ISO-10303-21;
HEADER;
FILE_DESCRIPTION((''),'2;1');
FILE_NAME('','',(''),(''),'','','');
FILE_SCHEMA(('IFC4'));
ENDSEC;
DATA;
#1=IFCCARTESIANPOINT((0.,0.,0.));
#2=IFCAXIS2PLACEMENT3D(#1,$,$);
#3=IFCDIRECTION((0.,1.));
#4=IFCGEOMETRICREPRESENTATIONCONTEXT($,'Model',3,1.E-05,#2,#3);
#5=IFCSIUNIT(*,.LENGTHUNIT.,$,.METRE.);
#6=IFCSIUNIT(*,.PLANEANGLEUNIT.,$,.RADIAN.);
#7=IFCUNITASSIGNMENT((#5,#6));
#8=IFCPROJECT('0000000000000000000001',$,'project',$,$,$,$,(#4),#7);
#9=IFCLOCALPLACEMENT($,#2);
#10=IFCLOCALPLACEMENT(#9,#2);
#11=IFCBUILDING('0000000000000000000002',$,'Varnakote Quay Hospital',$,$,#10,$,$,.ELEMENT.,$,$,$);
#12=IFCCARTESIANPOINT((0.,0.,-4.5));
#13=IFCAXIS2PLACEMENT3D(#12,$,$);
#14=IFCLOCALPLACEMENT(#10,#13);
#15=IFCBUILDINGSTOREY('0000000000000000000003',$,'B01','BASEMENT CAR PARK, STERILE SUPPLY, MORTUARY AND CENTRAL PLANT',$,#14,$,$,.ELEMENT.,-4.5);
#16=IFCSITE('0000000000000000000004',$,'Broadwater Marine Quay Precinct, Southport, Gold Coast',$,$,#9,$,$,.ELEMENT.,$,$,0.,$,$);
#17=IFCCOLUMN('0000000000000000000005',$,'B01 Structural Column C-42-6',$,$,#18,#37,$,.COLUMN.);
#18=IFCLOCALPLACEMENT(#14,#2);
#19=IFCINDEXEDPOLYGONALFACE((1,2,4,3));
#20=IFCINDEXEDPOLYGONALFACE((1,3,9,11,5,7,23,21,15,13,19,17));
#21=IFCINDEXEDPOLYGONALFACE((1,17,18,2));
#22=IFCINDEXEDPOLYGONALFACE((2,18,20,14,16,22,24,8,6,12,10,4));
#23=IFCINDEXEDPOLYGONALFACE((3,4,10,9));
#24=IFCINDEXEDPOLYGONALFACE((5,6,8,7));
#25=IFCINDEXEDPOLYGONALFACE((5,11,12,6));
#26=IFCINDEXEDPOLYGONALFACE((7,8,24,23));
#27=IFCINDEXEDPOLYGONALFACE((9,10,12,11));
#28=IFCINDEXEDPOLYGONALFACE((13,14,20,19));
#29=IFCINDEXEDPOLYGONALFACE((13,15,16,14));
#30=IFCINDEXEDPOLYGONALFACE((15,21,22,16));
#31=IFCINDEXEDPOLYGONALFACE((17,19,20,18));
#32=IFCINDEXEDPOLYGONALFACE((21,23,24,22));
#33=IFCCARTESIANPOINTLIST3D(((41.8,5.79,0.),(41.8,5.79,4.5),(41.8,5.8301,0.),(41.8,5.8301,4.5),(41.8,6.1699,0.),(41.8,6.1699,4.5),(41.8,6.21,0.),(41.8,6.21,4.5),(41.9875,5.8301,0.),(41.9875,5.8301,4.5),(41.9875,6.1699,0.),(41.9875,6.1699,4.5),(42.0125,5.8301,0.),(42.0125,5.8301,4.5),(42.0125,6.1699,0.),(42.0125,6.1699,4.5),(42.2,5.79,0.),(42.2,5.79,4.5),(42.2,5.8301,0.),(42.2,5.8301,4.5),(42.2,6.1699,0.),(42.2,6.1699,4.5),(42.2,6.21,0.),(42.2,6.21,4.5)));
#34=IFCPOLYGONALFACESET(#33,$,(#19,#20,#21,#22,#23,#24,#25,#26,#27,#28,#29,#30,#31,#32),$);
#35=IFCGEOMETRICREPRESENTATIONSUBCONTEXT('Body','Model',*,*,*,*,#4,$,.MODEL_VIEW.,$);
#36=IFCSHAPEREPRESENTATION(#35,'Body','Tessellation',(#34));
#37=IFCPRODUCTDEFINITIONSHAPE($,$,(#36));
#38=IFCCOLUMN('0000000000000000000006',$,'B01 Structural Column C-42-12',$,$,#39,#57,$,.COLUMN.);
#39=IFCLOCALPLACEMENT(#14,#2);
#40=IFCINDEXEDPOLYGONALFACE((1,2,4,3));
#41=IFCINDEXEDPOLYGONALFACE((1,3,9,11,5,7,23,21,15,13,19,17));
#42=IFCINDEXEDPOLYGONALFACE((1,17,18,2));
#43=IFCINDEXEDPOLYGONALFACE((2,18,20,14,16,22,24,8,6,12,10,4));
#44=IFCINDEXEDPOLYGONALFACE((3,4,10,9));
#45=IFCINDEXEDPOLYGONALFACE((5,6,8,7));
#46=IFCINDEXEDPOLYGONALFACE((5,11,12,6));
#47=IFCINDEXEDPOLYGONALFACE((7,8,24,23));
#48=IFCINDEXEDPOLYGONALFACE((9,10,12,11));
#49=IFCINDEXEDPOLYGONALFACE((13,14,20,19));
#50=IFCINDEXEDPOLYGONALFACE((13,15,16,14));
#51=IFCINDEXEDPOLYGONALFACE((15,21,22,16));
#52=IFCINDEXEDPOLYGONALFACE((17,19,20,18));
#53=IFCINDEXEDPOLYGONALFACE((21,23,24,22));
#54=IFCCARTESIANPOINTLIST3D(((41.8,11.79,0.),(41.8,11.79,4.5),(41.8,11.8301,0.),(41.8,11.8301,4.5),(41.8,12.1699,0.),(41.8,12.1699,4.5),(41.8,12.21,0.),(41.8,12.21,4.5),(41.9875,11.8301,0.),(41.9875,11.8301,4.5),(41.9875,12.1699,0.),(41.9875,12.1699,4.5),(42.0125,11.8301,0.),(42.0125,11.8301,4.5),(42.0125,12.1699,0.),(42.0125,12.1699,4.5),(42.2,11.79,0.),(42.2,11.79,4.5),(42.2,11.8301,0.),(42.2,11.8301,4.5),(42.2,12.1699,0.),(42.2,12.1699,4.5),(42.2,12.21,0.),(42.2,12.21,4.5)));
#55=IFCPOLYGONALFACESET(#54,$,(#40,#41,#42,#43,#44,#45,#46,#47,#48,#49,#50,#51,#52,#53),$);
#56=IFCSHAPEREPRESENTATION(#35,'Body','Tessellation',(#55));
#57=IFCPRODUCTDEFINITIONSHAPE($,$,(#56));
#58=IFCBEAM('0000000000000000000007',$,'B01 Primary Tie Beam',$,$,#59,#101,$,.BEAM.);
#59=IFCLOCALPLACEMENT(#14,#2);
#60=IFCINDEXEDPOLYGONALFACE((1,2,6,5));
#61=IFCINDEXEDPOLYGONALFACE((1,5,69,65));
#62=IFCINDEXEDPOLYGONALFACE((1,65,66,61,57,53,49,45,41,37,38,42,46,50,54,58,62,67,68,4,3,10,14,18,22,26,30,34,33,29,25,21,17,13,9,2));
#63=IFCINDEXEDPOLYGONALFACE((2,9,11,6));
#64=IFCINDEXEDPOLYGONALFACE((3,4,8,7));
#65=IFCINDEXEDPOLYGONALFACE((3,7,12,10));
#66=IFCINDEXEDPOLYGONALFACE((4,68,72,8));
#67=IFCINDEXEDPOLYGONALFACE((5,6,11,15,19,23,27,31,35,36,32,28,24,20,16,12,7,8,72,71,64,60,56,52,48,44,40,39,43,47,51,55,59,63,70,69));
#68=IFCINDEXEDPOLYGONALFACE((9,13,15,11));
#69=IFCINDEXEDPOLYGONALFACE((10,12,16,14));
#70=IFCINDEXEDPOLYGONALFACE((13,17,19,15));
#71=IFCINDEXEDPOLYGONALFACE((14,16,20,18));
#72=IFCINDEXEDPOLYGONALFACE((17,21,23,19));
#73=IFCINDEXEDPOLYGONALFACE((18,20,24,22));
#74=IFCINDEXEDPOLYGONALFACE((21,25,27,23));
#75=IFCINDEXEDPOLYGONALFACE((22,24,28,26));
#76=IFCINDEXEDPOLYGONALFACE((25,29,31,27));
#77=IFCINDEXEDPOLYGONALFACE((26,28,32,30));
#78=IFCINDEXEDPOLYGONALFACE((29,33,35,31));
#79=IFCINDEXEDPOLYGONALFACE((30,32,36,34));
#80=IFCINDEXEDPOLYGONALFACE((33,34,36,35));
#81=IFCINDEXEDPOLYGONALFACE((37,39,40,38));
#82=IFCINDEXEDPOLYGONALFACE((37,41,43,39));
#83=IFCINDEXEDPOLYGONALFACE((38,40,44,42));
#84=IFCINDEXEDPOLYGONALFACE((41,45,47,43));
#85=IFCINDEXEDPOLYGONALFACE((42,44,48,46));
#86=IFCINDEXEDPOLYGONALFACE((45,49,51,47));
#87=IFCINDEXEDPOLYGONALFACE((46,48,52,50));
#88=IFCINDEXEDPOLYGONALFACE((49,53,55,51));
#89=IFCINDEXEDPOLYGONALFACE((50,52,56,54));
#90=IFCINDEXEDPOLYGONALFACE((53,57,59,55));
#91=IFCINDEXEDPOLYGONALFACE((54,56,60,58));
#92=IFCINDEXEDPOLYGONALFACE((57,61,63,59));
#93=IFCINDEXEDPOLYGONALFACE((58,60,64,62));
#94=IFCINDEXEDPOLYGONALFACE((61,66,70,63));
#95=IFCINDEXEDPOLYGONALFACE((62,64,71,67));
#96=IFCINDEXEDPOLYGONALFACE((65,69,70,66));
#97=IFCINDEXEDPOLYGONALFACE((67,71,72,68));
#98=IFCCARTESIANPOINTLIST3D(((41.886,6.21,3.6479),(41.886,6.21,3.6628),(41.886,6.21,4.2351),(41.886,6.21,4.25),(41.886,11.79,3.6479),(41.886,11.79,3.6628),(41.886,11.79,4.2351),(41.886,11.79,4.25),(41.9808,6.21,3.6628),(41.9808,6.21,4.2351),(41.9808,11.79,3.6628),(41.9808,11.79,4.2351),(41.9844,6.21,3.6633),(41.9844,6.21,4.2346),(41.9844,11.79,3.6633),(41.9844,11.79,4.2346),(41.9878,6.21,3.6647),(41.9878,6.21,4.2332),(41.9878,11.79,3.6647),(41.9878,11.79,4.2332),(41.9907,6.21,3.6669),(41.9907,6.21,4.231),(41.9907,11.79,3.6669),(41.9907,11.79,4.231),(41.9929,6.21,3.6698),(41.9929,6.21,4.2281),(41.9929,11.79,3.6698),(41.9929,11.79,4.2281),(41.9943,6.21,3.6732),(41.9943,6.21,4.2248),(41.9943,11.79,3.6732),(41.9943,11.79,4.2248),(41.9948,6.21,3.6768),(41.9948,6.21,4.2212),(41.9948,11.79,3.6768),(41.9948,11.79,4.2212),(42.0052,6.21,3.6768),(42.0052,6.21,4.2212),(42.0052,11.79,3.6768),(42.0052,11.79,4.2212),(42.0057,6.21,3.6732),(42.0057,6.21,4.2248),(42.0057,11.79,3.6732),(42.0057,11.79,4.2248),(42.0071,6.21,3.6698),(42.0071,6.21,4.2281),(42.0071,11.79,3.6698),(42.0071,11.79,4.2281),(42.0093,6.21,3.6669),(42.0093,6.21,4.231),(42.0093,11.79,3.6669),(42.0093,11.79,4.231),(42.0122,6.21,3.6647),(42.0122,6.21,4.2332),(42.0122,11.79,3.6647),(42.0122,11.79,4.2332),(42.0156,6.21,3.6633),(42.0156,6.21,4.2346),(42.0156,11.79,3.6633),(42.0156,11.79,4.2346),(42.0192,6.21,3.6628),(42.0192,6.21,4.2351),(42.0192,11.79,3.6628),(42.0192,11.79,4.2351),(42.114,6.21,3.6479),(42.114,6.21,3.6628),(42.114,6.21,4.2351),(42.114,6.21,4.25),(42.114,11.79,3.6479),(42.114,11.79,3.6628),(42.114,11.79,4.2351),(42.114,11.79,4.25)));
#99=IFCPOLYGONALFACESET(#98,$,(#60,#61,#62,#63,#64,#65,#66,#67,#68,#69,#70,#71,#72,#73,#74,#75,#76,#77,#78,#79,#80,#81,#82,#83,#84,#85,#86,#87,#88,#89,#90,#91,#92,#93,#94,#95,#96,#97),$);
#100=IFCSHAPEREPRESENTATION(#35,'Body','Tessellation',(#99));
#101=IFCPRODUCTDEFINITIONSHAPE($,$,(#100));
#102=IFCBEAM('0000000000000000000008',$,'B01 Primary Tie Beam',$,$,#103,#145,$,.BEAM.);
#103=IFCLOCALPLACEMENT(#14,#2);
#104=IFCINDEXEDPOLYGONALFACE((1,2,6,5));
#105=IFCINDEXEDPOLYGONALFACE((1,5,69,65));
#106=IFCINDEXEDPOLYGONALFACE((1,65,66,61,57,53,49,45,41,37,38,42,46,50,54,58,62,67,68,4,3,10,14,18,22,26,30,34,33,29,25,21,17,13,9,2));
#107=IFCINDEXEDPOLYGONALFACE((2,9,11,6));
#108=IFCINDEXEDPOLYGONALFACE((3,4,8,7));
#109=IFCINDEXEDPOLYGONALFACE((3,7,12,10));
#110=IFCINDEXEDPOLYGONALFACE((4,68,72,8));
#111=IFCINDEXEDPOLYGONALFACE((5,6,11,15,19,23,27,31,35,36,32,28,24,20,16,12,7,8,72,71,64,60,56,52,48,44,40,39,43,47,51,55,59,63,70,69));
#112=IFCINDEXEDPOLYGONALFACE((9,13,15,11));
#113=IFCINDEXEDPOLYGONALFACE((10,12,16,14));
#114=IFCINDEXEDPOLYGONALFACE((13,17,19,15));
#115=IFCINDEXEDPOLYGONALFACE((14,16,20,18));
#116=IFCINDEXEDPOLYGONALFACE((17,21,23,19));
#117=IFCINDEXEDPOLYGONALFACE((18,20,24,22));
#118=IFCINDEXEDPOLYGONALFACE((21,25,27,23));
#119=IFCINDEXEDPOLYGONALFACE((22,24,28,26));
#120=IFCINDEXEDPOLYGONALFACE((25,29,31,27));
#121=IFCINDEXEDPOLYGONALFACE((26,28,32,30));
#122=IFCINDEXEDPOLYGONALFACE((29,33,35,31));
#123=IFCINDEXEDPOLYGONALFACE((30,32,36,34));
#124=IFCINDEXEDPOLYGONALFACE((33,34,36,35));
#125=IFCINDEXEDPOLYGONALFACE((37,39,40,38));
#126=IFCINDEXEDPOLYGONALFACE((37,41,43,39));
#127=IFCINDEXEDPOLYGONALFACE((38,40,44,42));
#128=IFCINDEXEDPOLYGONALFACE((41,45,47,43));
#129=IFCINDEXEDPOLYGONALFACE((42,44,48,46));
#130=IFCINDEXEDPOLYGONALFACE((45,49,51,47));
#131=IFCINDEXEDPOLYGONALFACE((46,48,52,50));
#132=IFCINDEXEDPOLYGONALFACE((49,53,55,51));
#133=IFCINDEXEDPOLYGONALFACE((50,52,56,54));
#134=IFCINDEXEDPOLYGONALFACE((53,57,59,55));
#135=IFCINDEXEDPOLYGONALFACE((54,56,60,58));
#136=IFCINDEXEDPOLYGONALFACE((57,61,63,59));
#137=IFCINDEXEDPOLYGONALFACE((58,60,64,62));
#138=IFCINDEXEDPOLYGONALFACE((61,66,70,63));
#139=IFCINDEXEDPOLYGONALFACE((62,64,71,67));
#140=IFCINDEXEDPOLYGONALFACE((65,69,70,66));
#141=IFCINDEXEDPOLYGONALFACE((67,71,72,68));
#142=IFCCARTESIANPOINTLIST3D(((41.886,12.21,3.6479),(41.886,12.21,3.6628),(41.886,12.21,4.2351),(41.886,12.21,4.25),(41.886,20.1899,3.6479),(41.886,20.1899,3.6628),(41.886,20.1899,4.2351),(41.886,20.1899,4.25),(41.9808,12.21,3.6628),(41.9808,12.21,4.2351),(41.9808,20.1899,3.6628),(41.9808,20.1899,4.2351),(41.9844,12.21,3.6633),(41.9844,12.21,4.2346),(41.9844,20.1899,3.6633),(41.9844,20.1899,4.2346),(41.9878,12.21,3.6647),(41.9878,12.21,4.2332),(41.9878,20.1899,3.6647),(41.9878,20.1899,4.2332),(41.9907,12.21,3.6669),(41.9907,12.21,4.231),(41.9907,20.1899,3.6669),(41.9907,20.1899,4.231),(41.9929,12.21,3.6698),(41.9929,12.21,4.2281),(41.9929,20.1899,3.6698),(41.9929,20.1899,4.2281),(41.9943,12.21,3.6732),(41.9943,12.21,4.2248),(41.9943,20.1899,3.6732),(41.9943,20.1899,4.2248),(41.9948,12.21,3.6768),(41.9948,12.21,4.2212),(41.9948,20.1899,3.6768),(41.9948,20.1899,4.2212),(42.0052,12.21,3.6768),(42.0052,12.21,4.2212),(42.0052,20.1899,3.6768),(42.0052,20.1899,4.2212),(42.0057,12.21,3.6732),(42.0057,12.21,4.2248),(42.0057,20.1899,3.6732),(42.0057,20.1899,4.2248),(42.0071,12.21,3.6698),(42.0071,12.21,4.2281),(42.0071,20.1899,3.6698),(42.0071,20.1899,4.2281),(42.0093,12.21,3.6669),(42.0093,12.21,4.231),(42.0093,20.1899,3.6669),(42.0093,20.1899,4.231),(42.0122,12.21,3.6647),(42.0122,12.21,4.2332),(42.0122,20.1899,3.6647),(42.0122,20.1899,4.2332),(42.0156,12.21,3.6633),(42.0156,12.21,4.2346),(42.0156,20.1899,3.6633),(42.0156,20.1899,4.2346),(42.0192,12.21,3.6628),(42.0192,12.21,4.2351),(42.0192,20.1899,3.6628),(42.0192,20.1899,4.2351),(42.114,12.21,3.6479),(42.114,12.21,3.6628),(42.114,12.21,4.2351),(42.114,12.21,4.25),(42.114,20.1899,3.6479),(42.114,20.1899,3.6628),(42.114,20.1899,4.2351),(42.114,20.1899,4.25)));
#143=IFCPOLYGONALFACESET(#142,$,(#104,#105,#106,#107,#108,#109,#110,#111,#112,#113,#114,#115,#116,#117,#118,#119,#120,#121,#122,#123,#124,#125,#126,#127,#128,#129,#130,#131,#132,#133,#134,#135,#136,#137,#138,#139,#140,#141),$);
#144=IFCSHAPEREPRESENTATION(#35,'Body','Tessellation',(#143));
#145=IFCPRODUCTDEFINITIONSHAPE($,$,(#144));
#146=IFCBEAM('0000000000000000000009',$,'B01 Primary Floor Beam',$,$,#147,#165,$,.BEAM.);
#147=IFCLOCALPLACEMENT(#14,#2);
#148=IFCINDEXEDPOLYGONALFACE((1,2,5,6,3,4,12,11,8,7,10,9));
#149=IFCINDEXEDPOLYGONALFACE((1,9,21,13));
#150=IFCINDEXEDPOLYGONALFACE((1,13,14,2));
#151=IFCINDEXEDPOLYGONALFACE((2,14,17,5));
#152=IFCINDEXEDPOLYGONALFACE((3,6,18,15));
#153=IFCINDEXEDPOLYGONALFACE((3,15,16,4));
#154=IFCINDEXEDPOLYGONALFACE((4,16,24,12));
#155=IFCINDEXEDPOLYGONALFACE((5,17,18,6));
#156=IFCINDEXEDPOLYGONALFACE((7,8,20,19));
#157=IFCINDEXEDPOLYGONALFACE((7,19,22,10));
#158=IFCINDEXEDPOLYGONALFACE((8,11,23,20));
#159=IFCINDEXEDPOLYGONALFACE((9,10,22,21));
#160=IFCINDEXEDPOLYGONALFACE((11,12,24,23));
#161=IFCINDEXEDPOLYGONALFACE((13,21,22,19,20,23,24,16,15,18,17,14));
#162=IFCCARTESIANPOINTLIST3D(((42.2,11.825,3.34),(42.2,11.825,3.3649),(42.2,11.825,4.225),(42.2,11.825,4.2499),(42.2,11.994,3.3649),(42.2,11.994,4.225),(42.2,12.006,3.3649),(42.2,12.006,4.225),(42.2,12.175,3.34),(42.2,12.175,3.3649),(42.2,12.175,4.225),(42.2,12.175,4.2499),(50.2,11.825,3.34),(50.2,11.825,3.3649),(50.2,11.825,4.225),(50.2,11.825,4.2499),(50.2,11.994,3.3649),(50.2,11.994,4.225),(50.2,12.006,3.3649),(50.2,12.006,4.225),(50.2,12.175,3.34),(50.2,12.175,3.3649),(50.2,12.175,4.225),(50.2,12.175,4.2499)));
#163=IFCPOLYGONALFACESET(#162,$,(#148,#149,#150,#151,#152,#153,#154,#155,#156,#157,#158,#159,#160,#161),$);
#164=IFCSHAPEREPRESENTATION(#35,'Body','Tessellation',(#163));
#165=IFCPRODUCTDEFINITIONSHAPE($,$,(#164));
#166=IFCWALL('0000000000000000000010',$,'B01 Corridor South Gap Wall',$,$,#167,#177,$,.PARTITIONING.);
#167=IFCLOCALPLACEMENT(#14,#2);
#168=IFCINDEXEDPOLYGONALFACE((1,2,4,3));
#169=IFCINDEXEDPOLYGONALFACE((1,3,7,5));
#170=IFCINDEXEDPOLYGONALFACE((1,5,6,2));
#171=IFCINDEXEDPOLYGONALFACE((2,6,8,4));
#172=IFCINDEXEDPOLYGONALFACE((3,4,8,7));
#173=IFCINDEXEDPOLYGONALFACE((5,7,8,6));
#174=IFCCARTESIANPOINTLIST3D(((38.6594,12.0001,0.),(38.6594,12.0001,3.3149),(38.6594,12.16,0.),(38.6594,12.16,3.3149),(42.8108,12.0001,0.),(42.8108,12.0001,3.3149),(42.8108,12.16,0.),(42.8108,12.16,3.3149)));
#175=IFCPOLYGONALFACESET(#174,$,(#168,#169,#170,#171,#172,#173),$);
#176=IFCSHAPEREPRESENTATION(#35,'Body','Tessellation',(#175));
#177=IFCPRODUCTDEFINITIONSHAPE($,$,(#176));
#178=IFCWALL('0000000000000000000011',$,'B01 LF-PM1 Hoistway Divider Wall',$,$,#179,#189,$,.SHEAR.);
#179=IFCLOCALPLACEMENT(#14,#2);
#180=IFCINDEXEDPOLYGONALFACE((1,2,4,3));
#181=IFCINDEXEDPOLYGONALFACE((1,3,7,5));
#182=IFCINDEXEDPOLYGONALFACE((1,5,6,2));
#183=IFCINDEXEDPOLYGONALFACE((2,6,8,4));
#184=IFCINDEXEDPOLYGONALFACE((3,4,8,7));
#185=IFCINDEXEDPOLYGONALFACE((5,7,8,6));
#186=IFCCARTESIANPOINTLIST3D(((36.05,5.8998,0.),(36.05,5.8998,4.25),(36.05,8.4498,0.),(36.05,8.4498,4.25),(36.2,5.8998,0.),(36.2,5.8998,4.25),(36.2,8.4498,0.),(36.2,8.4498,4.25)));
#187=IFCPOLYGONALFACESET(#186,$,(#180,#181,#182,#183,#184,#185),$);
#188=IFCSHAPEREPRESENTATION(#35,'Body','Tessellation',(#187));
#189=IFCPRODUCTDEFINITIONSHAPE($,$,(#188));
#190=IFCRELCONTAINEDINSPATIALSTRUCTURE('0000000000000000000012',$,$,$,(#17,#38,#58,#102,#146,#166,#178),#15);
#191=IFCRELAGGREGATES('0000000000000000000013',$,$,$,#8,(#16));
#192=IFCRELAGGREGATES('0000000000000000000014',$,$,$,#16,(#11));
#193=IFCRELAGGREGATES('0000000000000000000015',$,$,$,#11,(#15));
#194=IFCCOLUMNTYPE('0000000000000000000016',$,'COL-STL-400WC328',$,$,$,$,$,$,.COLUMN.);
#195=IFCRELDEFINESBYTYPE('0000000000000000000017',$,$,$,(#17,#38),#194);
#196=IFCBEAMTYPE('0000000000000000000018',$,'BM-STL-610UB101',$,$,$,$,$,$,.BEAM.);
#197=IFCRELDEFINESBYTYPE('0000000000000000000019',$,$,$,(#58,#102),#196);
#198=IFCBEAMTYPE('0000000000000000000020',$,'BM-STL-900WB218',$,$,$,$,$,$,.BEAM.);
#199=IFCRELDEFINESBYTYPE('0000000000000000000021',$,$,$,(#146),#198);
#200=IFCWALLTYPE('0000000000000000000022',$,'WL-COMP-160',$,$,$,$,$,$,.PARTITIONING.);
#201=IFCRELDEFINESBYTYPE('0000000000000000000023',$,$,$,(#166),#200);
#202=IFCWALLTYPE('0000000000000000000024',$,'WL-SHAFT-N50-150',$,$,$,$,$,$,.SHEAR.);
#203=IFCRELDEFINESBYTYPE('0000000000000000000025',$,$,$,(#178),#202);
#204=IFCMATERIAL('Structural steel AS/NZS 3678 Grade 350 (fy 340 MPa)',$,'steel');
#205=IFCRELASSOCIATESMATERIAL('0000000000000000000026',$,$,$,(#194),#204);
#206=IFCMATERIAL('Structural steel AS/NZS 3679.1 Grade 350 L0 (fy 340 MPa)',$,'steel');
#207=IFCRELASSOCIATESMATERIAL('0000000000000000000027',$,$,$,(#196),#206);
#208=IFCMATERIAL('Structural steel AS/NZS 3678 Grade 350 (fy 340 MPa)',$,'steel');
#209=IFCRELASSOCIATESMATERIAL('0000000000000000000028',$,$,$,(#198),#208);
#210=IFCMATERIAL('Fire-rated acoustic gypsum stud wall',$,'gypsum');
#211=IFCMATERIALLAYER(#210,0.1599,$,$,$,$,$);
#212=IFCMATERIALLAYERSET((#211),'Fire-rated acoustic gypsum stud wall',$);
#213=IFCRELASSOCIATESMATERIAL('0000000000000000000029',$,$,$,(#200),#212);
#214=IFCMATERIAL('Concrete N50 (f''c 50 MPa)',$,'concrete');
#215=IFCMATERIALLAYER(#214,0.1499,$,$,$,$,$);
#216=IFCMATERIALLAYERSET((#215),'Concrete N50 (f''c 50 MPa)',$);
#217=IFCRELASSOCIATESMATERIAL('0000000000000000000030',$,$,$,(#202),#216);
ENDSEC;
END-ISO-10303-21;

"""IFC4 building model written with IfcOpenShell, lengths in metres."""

from ifc_helpers import new_model, si_unit, direction, frame, frame_2d, origin, origin_2d, place, context, subcontext, project, spatial, rectangle, i_section, extrude, material, layer, layer_set, material_profile, profile_set, type_object, element, save


model = new_model("IFC4")

# Units and contexts
model_context = context("Model", 3, precision=1e-05, world=origin(), true_north=direction((0.0, 1.0)))
body_context = subcontext(model_context, "Body", "Model", "MODEL_VIEW")
ifc_project = project(units=[si_unit("LENGTHUNIT", "METRE"), si_unit("PLANEANGLEUNIT", "RADIAN")], contexts=[model_context])

# Site, building, storey
site_placement = place(None, origin())
site = spatial("IfcSite", under=ifc_project, at=site_placement, Name="Broadwater Marine Quay Precinct, Southport, Gold Coast", CompositionType="ELEMENT", RefElevation=0.0)
building_placement = place(site_placement, origin())
building = spatial("IfcBuilding", under=site, at=building_placement, Name="Varnakote Quay Hospital", CompositionType="ELEMENT")
storey_placement = place(building_placement, frame((0.0, 0.0, -4.5)))
storey = spatial("IfcBuildingStorey", under=building, at=storey_placement, Name="B01", Description="BASEMENT CAR PARK, STERILE SUPPLY, MORTUARY AND CENTRAL PLANT", CompositionType="ELEMENT", Elevation=-4.5)

# Columns
ifc_material_1 = material(Name="Structural steel AS/NZS 3678 Grade 350 (fy 340 MPa)", Category="steel")
ifc_material_profile_1 = material_profile(ifc_material_1, i_section(OverallWidth=0.3999, OverallDepth=0.4199, WebThickness=0.0249, FlangeThickness=0.04, at=origin_2d()), Name="400WC328")
ifc_profile_set_1 = profile_set([ifc_material_profile_1], Name="Structural steel AS/NZS 3678 Grade 350 (fy 340 MPa)")
column_type = type_object("IfcColumnType", Name="COL-STL-400WC328", PredefinedType="COLUMN", material=ifc_profile_set_1)
for number, where, z_axis, x_axis, name in (
    (1, (42.0, 6.0, 0.0), (0.0, 0.0, 1.0), (1.0, 0.0, 0.0), "B01 Structural Column C-42-6"),
    (2, (42.0, 12.0, 0.0), (0.0, 0.0, 1.0), (1.0, 0.0, 0.0), "B01 Structural Column C-42-12"),
):
    element("IfcColumn", number, at=place(storey_placement, frame(where, z_axis=z_axis, x_axis=x_axis)), inside=storey, type_object=column_type, Name=name, PredefinedType="COLUMN", context=body_context, shape_type="SweptSolid", body=[
        extrude(i_section(OverallWidth=0.3999, OverallDepth=0.4199, WebThickness=0.0249, FlangeThickness=0.04, at=origin_2d()), origin(), (0.0, 0.0, 1.0), 4.5),
    ])

# Beams
ifc_material_2 = material(Name="Structural steel AS/NZS 3679.1 Grade 350 L0 (fy 340 MPa)", Category="steel")
ifc_material_profile_2 = material_profile(ifc_material_2, i_section(OverallWidth=0.228, OverallDepth=0.6021, WebThickness=0.0105, FlangeThickness=0.0149, FilletRadius=0.0139, at=origin_2d()), Name="610UB101")
ifc_profile_set_2 = profile_set([ifc_material_profile_2], Name="Structural steel AS/NZS 3679.1 Grade 350 L0 (fy 340 MPa)")
beam_type_1 = type_object("IfcBeamType", Name="BM-STL-610UB101", PredefinedType="BEAM", material=ifc_profile_set_2)
beam_1_placement = place(storey_placement, frame((42.0, 6.21, 3.949), z_axis=(0.0, 1.0, 0.0), x_axis=(-1.0, 0.0, 0.0)))
element("IfcBeam", 3, at=beam_1_placement, inside=storey, type_object=beam_type_1, Name="B01 Primary Tie Beam", PredefinedType="BEAM", context=body_context, shape_type="SweptSolid", body=[
    extrude(i_section(OverallWidth=0.228, OverallDepth=0.6021, WebThickness=0.0105, FlangeThickness=0.0149, FilletRadius=0.0139, at=origin_2d()), origin(), (0.0, 0.0, 1.0), 5.5801),
])
beam_2_placement = place(storey_placement, frame((42.0, 12.21, 3.949), z_axis=(0.0, 1.0, 0.0), x_axis=(-1.0, 0.0, 0.0)))
element("IfcBeam", 4, at=beam_2_placement, inside=storey, type_object=beam_type_1, Name="B01 Primary Tie Beam", PredefinedType="BEAM", context=body_context, shape_type="SweptSolid", body=[
    extrude(i_section(OverallWidth=0.228, OverallDepth=0.6021, WebThickness=0.0105, FlangeThickness=0.0149, FilletRadius=0.0139, at=origin_2d()), origin(), (0.0, 0.0, 1.0), 7.98),
])
ifc_material_3 = material(Name="Structural steel AS/NZS 3678 Grade 350 (fy 340 MPa)", Category="steel")
ifc_material_profile_3 = material_profile(ifc_material_3, i_section(OverallWidth=0.3501, OverallDepth=0.9099, WebThickness=0.012, FlangeThickness=0.0249, at=origin_2d()), Name="900WB218")
ifc_profile_set_3 = profile_set([ifc_material_profile_3], Name="Structural steel AS/NZS 3678 Grade 350 (fy 340 MPa)")
beam_type_2 = type_object("IfcBeamType", Name="BM-STL-900WB218", PredefinedType="BEAM", material=ifc_profile_set_3)
beam_3_placement = place(storey_placement, frame((42.2, 12.0, 3.7949), z_axis=(1.0, 0.0, 0.0), x_axis=(0.0, 1.0, 0.0)))
element("IfcBeam", 5, at=beam_3_placement, inside=storey, type_object=beam_type_2, Name="B01 Primary Floor Beam", PredefinedType="BEAM", context=body_context, shape_type="SweptSolid", body=[
    extrude(i_section(OverallWidth=0.3501, OverallDepth=0.9099, WebThickness=0.012, FlangeThickness=0.0249, at=origin_2d()), origin(), (0.0, 0.0, 1.0), 8.0),
])

# Walls
ifc_material_4 = material(Name="Fire-rated acoustic gypsum stud wall", Category="gypsum")
ifc_layer_1 = layer(ifc_material_4, 0.1599)
ifc_layer_set_1 = layer_set([ifc_layer_1], Name="Fire-rated acoustic gypsum stud wall")
wall_type_1 = type_object("IfcWallType", Name="WL-COMP-160", PredefinedType="PARTITIONING", material=ifc_layer_set_1)
wall_1_placement = place(storey_placement, frame((38.6594, 12.0801, 0.0), z_axis=(0.0, 0.0, 1.0), x_axis=(1.0, 0.0, 0.0)))
element("IfcWall", 6, at=wall_1_placement, inside=storey, type_object=wall_type_1, Name="B01 Corridor South Gap Wall", PredefinedType="PARTITIONING", context=body_context, shape_type="SweptSolid", body=[
    extrude(rectangle(XDim=4.1514, YDim=0.1599, at=frame_2d((2.0757, 0.0))), origin(), (0.0, 0.0, 1.0), 3.3149),
])
ifc_material_5 = material(Name="Concrete N50 (f'c 50 MPa)", Category="concrete")
ifc_layer_2 = layer(ifc_material_5, 0.1499)
ifc_layer_set_2 = layer_set([ifc_layer_2], Name="Concrete N50 (f'c 50 MPa)")
wall_type_2 = type_object("IfcWallType", Name="WL-SHAFT-N50-150", PredefinedType="SHEAR", material=ifc_layer_set_2)
for number, where, z_axis, x_axis, name in (
    (7, (36.125, 5.8999, 0.0), (0.0, 0.0, 1.0), (0.0, 1.0, 0.0), "B01 LF-PM1 Hoistway Divider Wall"),
):
    element("IfcWall", number, at=place(storey_placement, frame(where, z_axis=z_axis, x_axis=x_axis)), inside=storey, type_object=wall_type_2, Name=name, PredefinedType="SHEAR", context=body_context, shape_type="SweptSolid", body=[
        extrude(rectangle(XDim=2.55, YDim=0.1499, at=frame_2d((1.2749, 0.0))), origin(), (0.0, 0.0, 1.0), 4.25),
    ])

save(model, "model.ifc")
